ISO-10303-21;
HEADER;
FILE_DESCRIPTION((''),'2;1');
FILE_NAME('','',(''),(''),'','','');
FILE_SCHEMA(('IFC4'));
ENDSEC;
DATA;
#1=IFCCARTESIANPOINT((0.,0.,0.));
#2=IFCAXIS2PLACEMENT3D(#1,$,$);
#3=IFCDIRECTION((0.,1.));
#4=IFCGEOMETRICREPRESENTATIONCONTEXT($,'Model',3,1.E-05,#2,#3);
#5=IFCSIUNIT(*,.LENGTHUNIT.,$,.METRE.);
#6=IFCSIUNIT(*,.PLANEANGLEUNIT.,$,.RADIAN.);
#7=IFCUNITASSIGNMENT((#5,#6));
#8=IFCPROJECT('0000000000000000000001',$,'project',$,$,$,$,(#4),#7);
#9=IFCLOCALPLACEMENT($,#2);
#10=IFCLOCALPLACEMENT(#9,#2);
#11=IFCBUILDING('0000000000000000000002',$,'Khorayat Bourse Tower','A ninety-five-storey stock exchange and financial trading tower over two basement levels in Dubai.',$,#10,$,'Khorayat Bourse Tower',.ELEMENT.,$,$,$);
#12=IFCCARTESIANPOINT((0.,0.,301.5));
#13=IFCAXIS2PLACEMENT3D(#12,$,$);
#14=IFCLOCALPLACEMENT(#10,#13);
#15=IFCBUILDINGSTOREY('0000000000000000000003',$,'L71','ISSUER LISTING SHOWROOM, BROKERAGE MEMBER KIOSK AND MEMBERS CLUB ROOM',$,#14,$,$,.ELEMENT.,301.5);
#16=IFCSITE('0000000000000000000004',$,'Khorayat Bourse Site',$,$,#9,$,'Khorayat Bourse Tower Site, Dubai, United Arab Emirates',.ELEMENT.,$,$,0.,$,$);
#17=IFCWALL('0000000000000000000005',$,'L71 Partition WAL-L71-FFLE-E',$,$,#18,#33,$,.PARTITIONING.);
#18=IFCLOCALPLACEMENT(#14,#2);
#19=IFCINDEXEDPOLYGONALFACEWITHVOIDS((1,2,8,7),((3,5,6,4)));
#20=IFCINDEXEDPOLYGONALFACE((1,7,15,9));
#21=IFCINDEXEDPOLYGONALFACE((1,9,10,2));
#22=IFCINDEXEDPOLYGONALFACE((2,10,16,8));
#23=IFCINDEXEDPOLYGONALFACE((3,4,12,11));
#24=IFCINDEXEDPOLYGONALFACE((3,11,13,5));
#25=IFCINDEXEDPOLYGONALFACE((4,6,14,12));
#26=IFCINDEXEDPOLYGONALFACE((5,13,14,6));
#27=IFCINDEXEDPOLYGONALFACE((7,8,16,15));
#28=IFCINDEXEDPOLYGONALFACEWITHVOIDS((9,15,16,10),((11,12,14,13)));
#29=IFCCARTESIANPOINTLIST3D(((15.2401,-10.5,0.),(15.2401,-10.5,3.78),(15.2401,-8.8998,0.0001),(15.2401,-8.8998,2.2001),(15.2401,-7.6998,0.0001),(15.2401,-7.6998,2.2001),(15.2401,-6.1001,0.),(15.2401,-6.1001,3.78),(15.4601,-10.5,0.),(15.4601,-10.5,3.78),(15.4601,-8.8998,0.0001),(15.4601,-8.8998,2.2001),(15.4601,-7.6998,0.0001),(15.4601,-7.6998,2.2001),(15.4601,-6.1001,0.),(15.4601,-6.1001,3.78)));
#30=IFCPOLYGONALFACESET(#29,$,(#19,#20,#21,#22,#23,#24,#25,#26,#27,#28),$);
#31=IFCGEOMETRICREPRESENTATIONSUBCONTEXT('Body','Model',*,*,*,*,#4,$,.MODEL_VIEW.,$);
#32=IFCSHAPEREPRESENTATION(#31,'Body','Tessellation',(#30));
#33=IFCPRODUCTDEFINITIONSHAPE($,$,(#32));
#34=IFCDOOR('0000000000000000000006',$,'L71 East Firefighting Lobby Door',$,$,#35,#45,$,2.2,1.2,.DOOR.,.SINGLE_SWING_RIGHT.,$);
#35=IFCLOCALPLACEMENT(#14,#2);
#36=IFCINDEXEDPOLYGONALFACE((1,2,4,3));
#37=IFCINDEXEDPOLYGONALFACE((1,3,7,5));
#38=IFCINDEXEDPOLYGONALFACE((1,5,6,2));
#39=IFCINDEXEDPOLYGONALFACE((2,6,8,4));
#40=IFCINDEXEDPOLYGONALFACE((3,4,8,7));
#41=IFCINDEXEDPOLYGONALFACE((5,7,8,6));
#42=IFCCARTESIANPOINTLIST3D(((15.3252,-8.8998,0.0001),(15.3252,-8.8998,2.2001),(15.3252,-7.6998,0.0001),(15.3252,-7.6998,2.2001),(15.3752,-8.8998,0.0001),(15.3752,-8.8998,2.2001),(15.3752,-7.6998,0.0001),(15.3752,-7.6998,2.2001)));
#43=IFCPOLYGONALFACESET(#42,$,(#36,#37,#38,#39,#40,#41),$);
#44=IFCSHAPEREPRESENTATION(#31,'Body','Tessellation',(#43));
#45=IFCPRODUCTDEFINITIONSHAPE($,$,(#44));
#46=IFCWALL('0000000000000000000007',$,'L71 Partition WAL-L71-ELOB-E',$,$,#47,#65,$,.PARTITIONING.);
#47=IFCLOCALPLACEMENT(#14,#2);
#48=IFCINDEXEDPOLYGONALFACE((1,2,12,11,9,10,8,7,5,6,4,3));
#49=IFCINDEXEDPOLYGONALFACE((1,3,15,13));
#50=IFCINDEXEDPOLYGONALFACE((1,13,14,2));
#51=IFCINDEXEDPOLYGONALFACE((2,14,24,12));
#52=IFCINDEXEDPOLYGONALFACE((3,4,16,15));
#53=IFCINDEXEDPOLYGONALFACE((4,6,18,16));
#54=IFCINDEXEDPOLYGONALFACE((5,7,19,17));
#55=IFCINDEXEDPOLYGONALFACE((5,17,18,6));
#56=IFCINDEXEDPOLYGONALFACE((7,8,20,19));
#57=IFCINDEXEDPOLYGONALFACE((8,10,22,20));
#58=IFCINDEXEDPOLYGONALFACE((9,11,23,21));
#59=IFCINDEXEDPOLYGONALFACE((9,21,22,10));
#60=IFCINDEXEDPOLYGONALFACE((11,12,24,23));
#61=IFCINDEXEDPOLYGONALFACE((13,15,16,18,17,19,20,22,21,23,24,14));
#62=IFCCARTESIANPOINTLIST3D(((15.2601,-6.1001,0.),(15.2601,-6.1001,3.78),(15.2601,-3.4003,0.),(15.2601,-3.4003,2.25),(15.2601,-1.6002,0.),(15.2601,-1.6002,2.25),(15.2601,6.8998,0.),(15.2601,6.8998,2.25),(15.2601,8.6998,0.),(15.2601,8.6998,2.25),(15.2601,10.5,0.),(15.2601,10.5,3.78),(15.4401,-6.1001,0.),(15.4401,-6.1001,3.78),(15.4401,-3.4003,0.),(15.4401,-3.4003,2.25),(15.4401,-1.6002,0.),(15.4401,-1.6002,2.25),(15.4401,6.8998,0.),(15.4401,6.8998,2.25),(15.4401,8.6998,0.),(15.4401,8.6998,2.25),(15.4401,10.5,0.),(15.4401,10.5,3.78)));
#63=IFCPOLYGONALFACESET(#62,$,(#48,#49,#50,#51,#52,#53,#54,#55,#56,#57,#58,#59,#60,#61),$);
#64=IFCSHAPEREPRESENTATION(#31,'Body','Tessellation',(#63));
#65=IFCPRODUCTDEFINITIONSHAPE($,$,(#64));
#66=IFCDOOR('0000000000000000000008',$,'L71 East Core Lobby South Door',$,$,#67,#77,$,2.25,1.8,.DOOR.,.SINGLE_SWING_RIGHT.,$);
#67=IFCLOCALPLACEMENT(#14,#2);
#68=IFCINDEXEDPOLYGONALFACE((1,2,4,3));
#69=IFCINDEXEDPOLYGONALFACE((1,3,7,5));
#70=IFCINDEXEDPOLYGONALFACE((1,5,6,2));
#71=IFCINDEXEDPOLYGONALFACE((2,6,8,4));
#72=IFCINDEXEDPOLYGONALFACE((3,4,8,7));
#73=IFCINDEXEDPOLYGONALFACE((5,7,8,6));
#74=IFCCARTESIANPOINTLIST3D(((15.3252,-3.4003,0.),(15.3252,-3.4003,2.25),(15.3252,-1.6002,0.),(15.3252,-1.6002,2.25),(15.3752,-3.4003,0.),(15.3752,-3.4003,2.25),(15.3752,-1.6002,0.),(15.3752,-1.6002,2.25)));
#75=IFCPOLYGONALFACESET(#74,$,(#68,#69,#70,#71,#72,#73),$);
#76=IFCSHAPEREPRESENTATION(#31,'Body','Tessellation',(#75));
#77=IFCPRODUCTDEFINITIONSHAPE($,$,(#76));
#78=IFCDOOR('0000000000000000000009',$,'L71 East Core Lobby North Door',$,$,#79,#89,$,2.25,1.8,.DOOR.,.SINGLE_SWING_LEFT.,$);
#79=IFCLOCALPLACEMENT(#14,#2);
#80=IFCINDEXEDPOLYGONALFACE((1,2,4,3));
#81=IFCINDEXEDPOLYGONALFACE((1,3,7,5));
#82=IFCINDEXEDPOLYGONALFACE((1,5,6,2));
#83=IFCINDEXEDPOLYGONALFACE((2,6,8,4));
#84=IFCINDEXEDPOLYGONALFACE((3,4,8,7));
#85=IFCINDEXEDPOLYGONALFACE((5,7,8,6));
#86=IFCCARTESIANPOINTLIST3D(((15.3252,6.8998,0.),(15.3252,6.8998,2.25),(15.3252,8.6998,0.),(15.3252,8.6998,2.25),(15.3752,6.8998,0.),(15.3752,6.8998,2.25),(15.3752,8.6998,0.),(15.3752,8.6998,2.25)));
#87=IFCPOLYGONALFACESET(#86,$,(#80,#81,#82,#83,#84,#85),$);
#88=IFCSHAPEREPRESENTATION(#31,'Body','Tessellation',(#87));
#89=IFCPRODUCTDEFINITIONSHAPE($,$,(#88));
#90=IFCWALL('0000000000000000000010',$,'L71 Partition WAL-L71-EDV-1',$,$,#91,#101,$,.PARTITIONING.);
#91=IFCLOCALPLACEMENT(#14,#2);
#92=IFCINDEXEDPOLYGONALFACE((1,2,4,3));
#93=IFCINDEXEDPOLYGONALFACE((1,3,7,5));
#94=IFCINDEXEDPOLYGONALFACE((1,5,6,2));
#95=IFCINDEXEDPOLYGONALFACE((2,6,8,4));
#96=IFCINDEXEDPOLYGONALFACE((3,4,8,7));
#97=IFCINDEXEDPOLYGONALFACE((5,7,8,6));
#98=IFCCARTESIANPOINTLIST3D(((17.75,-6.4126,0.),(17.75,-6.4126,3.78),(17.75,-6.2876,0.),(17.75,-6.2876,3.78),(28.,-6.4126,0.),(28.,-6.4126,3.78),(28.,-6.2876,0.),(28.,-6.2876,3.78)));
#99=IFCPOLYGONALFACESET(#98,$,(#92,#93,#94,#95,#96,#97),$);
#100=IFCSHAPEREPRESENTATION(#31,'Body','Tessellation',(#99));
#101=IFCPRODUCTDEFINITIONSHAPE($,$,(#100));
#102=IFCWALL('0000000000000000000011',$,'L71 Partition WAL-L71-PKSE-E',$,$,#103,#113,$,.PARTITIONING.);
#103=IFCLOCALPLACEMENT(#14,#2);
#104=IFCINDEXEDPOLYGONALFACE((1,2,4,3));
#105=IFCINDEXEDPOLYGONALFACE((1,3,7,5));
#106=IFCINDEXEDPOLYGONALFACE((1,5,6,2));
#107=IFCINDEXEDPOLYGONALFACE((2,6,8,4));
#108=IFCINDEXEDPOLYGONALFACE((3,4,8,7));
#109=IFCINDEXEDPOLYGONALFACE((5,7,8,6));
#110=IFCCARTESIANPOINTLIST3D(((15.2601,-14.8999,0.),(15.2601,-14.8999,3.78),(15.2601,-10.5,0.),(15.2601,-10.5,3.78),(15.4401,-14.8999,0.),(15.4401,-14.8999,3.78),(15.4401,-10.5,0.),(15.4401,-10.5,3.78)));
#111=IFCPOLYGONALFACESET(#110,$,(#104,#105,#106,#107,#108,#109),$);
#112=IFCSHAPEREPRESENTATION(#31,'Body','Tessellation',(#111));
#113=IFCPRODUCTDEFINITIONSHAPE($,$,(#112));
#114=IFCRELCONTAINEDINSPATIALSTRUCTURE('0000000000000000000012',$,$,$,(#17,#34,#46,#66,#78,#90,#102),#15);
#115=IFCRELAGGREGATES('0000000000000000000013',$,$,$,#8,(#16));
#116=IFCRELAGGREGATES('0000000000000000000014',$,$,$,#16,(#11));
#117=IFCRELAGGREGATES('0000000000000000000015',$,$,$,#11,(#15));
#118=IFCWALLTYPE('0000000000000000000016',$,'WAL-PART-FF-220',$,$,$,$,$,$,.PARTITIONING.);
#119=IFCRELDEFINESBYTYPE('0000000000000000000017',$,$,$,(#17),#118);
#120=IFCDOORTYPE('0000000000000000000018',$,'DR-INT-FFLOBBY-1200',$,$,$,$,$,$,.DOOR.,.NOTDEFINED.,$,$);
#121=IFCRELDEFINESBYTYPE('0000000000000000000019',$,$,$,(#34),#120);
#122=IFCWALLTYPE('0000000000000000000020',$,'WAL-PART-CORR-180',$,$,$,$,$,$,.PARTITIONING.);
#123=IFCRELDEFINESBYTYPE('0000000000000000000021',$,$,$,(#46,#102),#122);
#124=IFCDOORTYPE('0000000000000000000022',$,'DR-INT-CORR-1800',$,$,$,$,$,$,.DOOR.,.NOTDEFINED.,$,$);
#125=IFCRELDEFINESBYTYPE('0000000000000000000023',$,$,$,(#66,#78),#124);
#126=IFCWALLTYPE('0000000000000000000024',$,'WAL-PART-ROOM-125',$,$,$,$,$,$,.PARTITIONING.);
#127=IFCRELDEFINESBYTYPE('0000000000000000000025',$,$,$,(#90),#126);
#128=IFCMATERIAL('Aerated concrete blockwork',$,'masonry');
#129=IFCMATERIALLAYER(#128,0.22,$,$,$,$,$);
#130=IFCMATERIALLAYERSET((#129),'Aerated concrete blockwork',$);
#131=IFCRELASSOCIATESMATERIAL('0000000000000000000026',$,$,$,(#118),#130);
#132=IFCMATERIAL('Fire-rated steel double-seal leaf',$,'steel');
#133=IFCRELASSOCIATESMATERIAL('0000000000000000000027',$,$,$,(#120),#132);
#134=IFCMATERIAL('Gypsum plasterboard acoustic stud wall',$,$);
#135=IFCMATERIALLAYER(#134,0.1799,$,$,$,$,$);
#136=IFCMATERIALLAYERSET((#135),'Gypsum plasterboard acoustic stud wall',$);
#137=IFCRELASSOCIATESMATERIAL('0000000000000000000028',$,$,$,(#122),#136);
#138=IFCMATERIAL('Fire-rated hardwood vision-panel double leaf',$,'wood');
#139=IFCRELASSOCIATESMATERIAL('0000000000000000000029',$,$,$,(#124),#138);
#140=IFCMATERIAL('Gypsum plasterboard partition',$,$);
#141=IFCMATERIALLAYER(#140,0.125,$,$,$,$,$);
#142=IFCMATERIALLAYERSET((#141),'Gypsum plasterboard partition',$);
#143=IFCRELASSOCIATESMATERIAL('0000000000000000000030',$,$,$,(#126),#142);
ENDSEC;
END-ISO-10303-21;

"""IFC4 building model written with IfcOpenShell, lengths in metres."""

from ifc_helpers import new_model, si_unit, direction, frame, frame_2d, origin, place, context, subcontext, project, spatial, rectangle, extrude, source, transform, mapped, material, layer, layer_set, type_object, element, fill, save


model = new_model("IFC4")

# Units and contexts
model_context = context("Model", 3, precision=1e-05, world=origin(), true_north=direction((0.0, 1.0)))
body_context = subcontext(model_context, "Body", "Model", "MODEL_VIEW")
ifc_project = project(units=[si_unit("LENGTHUNIT", "METRE"), si_unit("PLANEANGLEUNIT", "RADIAN")], contexts=[model_context])

# Site, building, storey
site_placement = place(None, origin())
site = spatial("IfcSite", under=ifc_project, at=site_placement, Name="Khorayat Bourse Site", LongName="Khorayat Bourse Tower Site, Dubai, United Arab Emirates", CompositionType="ELEMENT", RefElevation=0.0)
building_placement = place(site_placement, origin())
building = spatial("IfcBuilding", under=site, at=building_placement, Name="Khorayat Bourse Tower", Description="A ninety-five-storey stock exchange and financial trading tower over two basement levels in Dubai.", LongName="Khorayat Bourse Tower", CompositionType="ELEMENT")
storey_placement = place(building_placement, frame((0.0, 0.0, 301.5)))
storey = spatial("IfcBuildingStorey", under=building, at=storey_placement, Name="L71", Description="ISSUER LISTING SHOWROOM, BROKERAGE MEMBER KIOSK AND MEMBERS CLUB ROOM", CompositionType="ELEMENT", Elevation=301.5)

# Shared definitions
ifc_material_1 = material(Name="Aerated concrete blockwork", Category="masonry")
ifc_layer_1 = layer(ifc_material_1, 0.22)
ifc_layer_set_1 = layer_set([ifc_layer_1], Name="Aerated concrete blockwork")
wall_type_1 = type_object("IfcWallType", Name="WAL-PART-FF-220", PredefinedType="PARTITIONING", material=ifc_layer_set_1)

# Wall, opening, door
shared_shape_1 = source(origin(), body_context, "Body", "SweptSolid", [
    extrude(rectangle(XDim=4.3999, YDim=0.22, at=frame_2d((2.2, 0.0))), origin(), (0.0, 0.0, 1.0), 3.78),
])
wall_1_placement = place(storey_placement, frame((15.3501, -10.5, 0.0), z_axis=(0.0, 0.0, 1.0), x_axis=(0.0, 1.0, 0.0)))
wall_1 = element("IfcWall", 1, at=wall_1_placement, inside=storey, type_object=wall_type_1, Name="L71 Partition WAL-L71-FFLE-E", PredefinedType="PARTITIONING", context=body_context, shape_type="MappedRepresentation", body=[
    mapped(shared_shape_1, transform((0.0, 0.0, 0.0), scale=1.0)),
])
shared_shape_2 = source(origin(), body_context, "Body", "SweptSolid", [
    extrude(rectangle(XDim=1.2, YDim=2.2, at=frame_2d((0.6001, 1.1001))), frame((0.0, 0.1199, 0.0), z_axis=(0.0, -1.0, 0.0), x_axis=(1.0, 0.0, 0.0)), (0.0, 0.0, 1.0), 0.24),
])
opening_1_placement = place(wall_1_placement, frame((1.6001, 0.0, 0.0)))
opening_1 = element("IfcOpeningElement", 2, at=opening_1_placement, cuts=wall_1, PredefinedType="OPENING", context=body_context, shape_type="MappedRepresentation", body=[
    mapped(shared_shape_2, transform((0.0, 0.0, 0.0), scale=1.0)),
])
ifc_material_2 = material(Name="Fire-rated steel double-seal leaf", Category="steel")
door_type_1 = type_object("IfcDoorType", Name="DR-INT-FFLOBBY-1200", OperationType="NOTDEFINED", PredefinedType="DOOR", material=ifc_material_2)
shared_shape_3 = source(origin(), body_context, "Body", "SweptSolid", [
    extrude(rectangle(XDim=1.2, YDim=2.2, at=frame_2d((0.6001, 1.1001))), frame((0.0, 0.0249, 0.0), z_axis=(0.0, -1.0, 0.0), x_axis=(1.0, 0.0, 0.0)), (0.0, 0.0, 1.0), 0.05),
])
door_1_placement = place(opening_1_placement, origin())
door_1 = element("IfcDoor", 3, at=door_1_placement, inside=storey, type_object=door_type_1, Name="L71 East Firefighting Lobby Door", OperationType="SINGLE_SWING_RIGHT", OverallHeight=2.2, OverallWidth=1.2, PredefinedType="DOOR", context=body_context, shape_type="MappedRepresentation", body=[
    mapped(shared_shape_3, transform((0.0, 0.0, 0.0), scale=1.0)),
])
fill(opening_1, door_1)

# Wall, openings, doors
ifc_material_3 = material(Name="Gypsum plasterboard acoustic stud wall")
ifc_layer_2 = layer(ifc_material_3, 0.1799)
ifc_layer_set_2 = layer_set([ifc_layer_2], Name="Gypsum plasterboard acoustic stud wall")
wall_type_2 = type_object("IfcWallType", Name="WAL-PART-CORR-180", PredefinedType="PARTITIONING", material=ifc_layer_set_2)
shared_shape_4 = source(origin(), body_context, "Body", "SweptSolid", [
    extrude(rectangle(XDim=16.6001, YDim=0.1799, at=frame_2d((8.3, 0.0))), origin(), (0.0, 0.0, 1.0), 3.78),
])
wall_2_placement = place(storey_placement, frame((15.3501, -6.1001, 0.0), z_axis=(0.0, 0.0, 1.0), x_axis=(0.0, 1.0, 0.0)))
wall_2 = element("IfcWall", 4, at=wall_2_placement, inside=storey, type_object=wall_type_2, Name="L71 Partition WAL-L71-ELOB-E", PredefinedType="PARTITIONING", context=body_context, shape_type="MappedRepresentation", body=[
    mapped(shared_shape_4, transform((0.0, 0.0, 0.0), scale=1.0)),
])
shared_shape_5 = source(origin(), body_context, "Body", "SweptSolid", [
    extrude(rectangle(XDim=1.8, YDim=2.25, at=frame_2d((0.8999, 1.125))), frame((0.0, 0.0999, 0.0), z_axis=(0.0, -1.0, 0.0), x_axis=(1.0, 0.0, 0.0)), (0.0, 0.0, 1.0), 0.2),
])
opening_2_placement = place(wall_2_placement, frame((2.7, 0.0, 0.0)))
opening_2 = element("IfcOpeningElement", 5, at=opening_2_placement, cuts=wall_2, PredefinedType="OPENING", context=body_context, shape_type="MappedRepresentation", body=[
    mapped(shared_shape_5, transform((0.0, 0.0, 0.0), scale=1.0)),
])
opening_3_placement = place(wall_2_placement, frame((13.0, 0.0, 0.0)))
opening_3 = element("IfcOpeningElement", 6, at=opening_3_placement, cuts=wall_2, PredefinedType="OPENING", context=body_context, shape_type="MappedRepresentation", body=[
    mapped(shared_shape_5, transform((0.0, 0.0, 0.0), scale=1.0)),
])
ifc_material_4 = material(Name="Fire-rated hardwood vision-panel double leaf", Category="wood")
door_type_2 = type_object("IfcDoorType", Name="DR-INT-CORR-1800", OperationType="NOTDEFINED", PredefinedType="DOOR", material=ifc_material_4)
shared_shape_6 = source(origin(), body_context, "Body", "SweptSolid", [
    extrude(rectangle(XDim=1.8, YDim=2.25, at=frame_2d((0.8999, 1.125))), frame((0.0, 0.0249, 0.0), z_axis=(0.0, -1.0, 0.0), x_axis=(1.0, 0.0, 0.0)), (0.0, 0.0, 1.0), 0.05),
])
door_2_placement = place(opening_2_placement, origin())
door_2 = element("IfcDoor", 7, at=door_2_placement, inside=storey, type_object=door_type_2, Name="L71 East Core Lobby South Door", OperationType="SINGLE_SWING_RIGHT", OverallHeight=2.25, OverallWidth=1.8, PredefinedType="DOOR", context=body_context, shape_type="MappedRepresentation", body=[
    mapped(shared_shape_6, transform((0.0, 0.0, 0.0), scale=1.0)),
])
fill(opening_2, door_2)
door_3_placement = place(opening_3_placement, origin())
door_3 = element("IfcDoor", 8, at=door_3_placement, inside=storey, type_object=door_type_2, Name="L71 East Core Lobby North Door", OperationType="SINGLE_SWING_LEFT", OverallHeight=2.25, OverallWidth=1.8, PredefinedType="DOOR", context=body_context, shape_type="MappedRepresentation", body=[
    mapped(shared_shape_6, transform((0.0, 0.0, 0.0), scale=1.0)),
])
fill(opening_3, door_3)

# Walls
ifc_material_5 = material(Name="Gypsum plasterboard partition")
ifc_layer_3 = layer(ifc_material_5, 0.125)
ifc_layer_set_3 = layer_set([ifc_layer_3], Name="Gypsum plasterboard partition")
wall_type_3 = type_object("IfcWallType", Name="WAL-PART-ROOM-125", PredefinedType="PARTITIONING", material=ifc_layer_set_3)
shared_shape_7 = source(origin(), body_context, "Body", "SweptSolid", [
    extrude(rectangle(XDim=10.25, YDim=0.125, at=frame_2d((5.125, 0.0))), origin(), (0.0, 0.0, 1.0), 3.78),
])
wall_3_placement = place(storey_placement, frame((17.75, -6.3501, 0.0), z_axis=(0.0, 0.0, 1.0), x_axis=(1.0, 0.0, 0.0)))
element("IfcWall", 9, at=wall_3_placement, inside=storey, type_object=wall_type_3, Name="L71 Partition WAL-L71-EDV-1", PredefinedType="PARTITIONING", context=body_context, shape_type="MappedRepresentation", body=[
    mapped(shared_shape_7, transform((0.0, 0.0, 0.0), scale=1.0)),
])
shared_shape_8 = source(origin(), body_context, "Body", "SweptSolid", [
    extrude(rectangle(XDim=4.3999, YDim=0.1799, at=frame_2d((2.2, 0.0))), origin(), (0.0, 0.0, 1.0), 3.78),
])
wall_4_placement = place(storey_placement, frame((15.3501, -14.8999, 0.0), z_axis=(0.0, 0.0, 1.0), x_axis=(0.0, 1.0, 0.0)))
element("IfcWall", 10, at=wall_4_placement, inside=storey, type_object=wall_type_2, Name="L71 Partition WAL-L71-PKSE-E", PredefinedType="PARTITIONING", context=body_context, shape_type="MappedRepresentation", body=[
    mapped(shared_shape_8, transform((0.0, 0.0, 0.0), scale=1.0)),
])

save(model, "model.ifc")
